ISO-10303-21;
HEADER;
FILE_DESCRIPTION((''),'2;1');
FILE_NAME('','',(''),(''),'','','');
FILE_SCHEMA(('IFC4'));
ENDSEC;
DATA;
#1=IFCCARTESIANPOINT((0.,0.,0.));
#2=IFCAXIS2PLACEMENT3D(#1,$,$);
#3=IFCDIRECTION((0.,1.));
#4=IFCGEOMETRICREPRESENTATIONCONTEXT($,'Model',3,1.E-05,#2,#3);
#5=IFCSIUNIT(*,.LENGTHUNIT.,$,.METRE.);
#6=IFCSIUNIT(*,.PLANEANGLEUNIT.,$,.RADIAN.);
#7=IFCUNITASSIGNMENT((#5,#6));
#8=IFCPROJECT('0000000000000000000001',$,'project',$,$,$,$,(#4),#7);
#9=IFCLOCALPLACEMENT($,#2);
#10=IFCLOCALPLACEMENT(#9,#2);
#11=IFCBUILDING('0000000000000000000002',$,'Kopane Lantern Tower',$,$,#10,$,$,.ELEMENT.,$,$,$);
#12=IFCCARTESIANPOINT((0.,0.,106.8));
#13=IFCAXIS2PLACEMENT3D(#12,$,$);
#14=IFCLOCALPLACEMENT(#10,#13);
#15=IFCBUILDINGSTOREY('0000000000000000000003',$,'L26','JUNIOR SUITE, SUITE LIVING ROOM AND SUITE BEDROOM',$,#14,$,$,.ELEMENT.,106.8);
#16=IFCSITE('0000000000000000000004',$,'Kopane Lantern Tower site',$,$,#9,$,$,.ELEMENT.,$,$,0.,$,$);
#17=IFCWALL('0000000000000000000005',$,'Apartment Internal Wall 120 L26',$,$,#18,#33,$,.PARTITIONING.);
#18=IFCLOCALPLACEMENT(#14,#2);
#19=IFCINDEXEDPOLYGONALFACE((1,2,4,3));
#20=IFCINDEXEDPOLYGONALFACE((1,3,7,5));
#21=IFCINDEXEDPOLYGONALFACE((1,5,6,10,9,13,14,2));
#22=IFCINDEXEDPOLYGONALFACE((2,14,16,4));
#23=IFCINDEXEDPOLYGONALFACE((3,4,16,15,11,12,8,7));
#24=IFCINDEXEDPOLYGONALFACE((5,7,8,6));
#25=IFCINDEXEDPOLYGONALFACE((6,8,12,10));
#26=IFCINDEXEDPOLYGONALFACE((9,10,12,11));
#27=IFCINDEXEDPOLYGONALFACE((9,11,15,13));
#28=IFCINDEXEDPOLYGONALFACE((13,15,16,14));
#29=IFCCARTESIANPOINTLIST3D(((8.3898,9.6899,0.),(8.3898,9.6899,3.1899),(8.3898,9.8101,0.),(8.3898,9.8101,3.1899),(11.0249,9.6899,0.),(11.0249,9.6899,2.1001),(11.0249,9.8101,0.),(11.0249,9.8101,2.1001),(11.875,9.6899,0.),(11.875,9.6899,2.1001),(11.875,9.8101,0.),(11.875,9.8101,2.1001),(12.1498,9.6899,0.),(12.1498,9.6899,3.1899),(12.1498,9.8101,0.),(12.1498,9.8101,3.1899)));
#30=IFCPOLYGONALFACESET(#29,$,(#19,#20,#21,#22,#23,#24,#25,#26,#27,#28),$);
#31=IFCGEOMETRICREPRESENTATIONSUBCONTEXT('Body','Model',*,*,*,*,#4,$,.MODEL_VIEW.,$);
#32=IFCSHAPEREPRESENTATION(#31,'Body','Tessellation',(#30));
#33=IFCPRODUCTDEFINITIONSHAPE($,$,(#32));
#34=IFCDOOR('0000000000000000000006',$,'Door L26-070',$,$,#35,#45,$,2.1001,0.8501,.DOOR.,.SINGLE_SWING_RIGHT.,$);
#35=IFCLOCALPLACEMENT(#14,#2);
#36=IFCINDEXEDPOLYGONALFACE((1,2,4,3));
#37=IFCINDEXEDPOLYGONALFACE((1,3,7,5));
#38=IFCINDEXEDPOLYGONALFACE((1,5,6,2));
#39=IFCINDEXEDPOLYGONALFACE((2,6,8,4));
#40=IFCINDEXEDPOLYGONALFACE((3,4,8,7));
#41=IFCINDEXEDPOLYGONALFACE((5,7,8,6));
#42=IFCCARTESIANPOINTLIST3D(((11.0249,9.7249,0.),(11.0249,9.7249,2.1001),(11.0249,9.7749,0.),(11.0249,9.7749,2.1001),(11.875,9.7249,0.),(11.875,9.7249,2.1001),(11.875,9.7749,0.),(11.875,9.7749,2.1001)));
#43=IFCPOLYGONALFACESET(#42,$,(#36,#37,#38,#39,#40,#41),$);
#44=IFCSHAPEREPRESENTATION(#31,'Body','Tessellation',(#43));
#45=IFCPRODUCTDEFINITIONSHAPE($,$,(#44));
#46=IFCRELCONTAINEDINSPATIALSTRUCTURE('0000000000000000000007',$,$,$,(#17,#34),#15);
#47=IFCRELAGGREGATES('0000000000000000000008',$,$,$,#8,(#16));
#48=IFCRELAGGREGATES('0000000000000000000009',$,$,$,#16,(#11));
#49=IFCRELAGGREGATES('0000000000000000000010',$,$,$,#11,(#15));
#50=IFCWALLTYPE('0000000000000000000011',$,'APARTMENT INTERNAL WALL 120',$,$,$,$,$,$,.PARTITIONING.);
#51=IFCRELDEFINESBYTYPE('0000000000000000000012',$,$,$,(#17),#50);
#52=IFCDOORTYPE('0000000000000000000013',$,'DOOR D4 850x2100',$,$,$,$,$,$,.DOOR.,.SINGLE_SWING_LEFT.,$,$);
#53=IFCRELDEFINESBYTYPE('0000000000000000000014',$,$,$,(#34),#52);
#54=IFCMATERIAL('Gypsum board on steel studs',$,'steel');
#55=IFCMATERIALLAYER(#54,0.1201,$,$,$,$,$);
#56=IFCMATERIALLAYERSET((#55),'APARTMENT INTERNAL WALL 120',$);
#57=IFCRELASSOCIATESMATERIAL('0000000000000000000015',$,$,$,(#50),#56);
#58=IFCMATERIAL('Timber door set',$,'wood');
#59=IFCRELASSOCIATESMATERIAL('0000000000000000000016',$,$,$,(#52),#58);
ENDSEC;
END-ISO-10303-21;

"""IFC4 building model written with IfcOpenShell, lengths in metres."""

from ifc_helpers import new_model, si_unit, direction, frame, frame_2d, origin, place, context, subcontext, project, spatial, rectangle, extrude, material, layer, layer_set, type_object, element, fill, save


model = new_model("IFC4")

# Units and contexts
model_context = context("Model", 3, precision=1e-05, world=origin(), true_north=direction((0.0, 1.0)))
body_context = subcontext(model_context, "Body", "Model", "MODEL_VIEW")
ifc_project = project(units=[si_unit("LENGTHUNIT", "METRE"), si_unit("PLANEANGLEUNIT", "RADIAN")], contexts=[model_context])

# Site, building, storey
site_placement = place(None, origin())
site = spatial("IfcSite", under=ifc_project, at=site_placement, Name="Kopane Lantern Tower site", CompositionType="ELEMENT", RefElevation=0.0)
building_placement = place(site_placement, origin())
building = spatial("IfcBuilding", under=site, at=building_placement, Name="Kopane Lantern Tower", CompositionType="ELEMENT")
storey_placement = place(building_placement, frame((0.0, 0.0, 106.8)))
storey = spatial("IfcBuildingStorey", under=building, at=storey_placement, Name="L26", Description="JUNIOR SUITE, SUITE LIVING ROOM AND SUITE BEDROOM", CompositionType="ELEMENT", Elevation=106.8)

# Shared definitions
ifc_material_1 = material(Name="Gypsum board on steel studs", Category="steel")
ifc_layer = layer(ifc_material_1, 0.1201)
ifc_layer_set = layer_set([ifc_layer], Name="APARTMENT INTERNAL WALL 120")
wall_type = type_object("IfcWallType", Name="APARTMENT INTERNAL WALL 120", PredefinedType="PARTITIONING", material=ifc_layer_set)
ifc_material_2 = material(Name="Timber door set", Category="wood")
door_type = type_object("IfcDoorType", Name="DOOR D4 850x2100", OperationType="SINGLE_SWING_LEFT", PredefinedType="DOOR", material=ifc_material_2)

# Wall, opening, door
wall_1_placement = place(storey_placement, frame((8.3899, 9.75, 0.0), z_axis=(0.0, 0.0, 1.0), x_axis=(1.0, 0.0, 0.0)))
wall_1 = element("IfcWall", 1, at=wall_1_placement, inside=storey, type_object=wall_type, Name="Apartment Internal Wall 120 L26", PredefinedType="PARTITIONING", context=body_context, shape_type="SweptSolid", body=[
    extrude(rectangle(XDim=3.76, YDim=0.1201, at=frame_2d((1.8799, 0.0))), origin(), (0.0, 0.0, 1.0), 3.1899),
])
opening_1_placement = place(wall_1_placement, frame((2.635, 0.0, 0.0)))
opening_1 = element("IfcOpeningElement", 2, at=opening_1_placement, cuts=wall_1, PredefinedType="OPENING", context=body_context, shape_type="SweptSolid", body=[
    extrude(rectangle(XDim=0.8501, YDim=2.1001, at=frame_2d((0.425, 1.05))), frame((0.0, 0.0701, 0.0), z_axis=(0.0, -1.0, 0.0), x_axis=(1.0, 0.0, 0.0)), (0.0, 0.0, 1.0), 0.1401),
])
door_1_placement = place(opening_1_placement, origin())
door_1 = element("IfcDoor", 3, at=door_1_placement, inside=storey, type_object=door_type, Name="Door L26-070", OperationType="SINGLE_SWING_RIGHT", OverallHeight=2.1001, OverallWidth=0.8501, PredefinedType="DOOR", context=body_context, shape_type="SweptSolid", body=[
    extrude(rectangle(XDim=0.8501, YDim=2.1001, at=frame_2d((0.425, 1.05))), frame((0.0, 0.0249, 0.0), z_axis=(0.0, -1.0, 0.0), x_axis=(1.0, 0.0, 0.0)), (0.0, 0.0, 1.0), 0.05),
])
fill(opening_1, door_1)

save(model, "model.ifc")
